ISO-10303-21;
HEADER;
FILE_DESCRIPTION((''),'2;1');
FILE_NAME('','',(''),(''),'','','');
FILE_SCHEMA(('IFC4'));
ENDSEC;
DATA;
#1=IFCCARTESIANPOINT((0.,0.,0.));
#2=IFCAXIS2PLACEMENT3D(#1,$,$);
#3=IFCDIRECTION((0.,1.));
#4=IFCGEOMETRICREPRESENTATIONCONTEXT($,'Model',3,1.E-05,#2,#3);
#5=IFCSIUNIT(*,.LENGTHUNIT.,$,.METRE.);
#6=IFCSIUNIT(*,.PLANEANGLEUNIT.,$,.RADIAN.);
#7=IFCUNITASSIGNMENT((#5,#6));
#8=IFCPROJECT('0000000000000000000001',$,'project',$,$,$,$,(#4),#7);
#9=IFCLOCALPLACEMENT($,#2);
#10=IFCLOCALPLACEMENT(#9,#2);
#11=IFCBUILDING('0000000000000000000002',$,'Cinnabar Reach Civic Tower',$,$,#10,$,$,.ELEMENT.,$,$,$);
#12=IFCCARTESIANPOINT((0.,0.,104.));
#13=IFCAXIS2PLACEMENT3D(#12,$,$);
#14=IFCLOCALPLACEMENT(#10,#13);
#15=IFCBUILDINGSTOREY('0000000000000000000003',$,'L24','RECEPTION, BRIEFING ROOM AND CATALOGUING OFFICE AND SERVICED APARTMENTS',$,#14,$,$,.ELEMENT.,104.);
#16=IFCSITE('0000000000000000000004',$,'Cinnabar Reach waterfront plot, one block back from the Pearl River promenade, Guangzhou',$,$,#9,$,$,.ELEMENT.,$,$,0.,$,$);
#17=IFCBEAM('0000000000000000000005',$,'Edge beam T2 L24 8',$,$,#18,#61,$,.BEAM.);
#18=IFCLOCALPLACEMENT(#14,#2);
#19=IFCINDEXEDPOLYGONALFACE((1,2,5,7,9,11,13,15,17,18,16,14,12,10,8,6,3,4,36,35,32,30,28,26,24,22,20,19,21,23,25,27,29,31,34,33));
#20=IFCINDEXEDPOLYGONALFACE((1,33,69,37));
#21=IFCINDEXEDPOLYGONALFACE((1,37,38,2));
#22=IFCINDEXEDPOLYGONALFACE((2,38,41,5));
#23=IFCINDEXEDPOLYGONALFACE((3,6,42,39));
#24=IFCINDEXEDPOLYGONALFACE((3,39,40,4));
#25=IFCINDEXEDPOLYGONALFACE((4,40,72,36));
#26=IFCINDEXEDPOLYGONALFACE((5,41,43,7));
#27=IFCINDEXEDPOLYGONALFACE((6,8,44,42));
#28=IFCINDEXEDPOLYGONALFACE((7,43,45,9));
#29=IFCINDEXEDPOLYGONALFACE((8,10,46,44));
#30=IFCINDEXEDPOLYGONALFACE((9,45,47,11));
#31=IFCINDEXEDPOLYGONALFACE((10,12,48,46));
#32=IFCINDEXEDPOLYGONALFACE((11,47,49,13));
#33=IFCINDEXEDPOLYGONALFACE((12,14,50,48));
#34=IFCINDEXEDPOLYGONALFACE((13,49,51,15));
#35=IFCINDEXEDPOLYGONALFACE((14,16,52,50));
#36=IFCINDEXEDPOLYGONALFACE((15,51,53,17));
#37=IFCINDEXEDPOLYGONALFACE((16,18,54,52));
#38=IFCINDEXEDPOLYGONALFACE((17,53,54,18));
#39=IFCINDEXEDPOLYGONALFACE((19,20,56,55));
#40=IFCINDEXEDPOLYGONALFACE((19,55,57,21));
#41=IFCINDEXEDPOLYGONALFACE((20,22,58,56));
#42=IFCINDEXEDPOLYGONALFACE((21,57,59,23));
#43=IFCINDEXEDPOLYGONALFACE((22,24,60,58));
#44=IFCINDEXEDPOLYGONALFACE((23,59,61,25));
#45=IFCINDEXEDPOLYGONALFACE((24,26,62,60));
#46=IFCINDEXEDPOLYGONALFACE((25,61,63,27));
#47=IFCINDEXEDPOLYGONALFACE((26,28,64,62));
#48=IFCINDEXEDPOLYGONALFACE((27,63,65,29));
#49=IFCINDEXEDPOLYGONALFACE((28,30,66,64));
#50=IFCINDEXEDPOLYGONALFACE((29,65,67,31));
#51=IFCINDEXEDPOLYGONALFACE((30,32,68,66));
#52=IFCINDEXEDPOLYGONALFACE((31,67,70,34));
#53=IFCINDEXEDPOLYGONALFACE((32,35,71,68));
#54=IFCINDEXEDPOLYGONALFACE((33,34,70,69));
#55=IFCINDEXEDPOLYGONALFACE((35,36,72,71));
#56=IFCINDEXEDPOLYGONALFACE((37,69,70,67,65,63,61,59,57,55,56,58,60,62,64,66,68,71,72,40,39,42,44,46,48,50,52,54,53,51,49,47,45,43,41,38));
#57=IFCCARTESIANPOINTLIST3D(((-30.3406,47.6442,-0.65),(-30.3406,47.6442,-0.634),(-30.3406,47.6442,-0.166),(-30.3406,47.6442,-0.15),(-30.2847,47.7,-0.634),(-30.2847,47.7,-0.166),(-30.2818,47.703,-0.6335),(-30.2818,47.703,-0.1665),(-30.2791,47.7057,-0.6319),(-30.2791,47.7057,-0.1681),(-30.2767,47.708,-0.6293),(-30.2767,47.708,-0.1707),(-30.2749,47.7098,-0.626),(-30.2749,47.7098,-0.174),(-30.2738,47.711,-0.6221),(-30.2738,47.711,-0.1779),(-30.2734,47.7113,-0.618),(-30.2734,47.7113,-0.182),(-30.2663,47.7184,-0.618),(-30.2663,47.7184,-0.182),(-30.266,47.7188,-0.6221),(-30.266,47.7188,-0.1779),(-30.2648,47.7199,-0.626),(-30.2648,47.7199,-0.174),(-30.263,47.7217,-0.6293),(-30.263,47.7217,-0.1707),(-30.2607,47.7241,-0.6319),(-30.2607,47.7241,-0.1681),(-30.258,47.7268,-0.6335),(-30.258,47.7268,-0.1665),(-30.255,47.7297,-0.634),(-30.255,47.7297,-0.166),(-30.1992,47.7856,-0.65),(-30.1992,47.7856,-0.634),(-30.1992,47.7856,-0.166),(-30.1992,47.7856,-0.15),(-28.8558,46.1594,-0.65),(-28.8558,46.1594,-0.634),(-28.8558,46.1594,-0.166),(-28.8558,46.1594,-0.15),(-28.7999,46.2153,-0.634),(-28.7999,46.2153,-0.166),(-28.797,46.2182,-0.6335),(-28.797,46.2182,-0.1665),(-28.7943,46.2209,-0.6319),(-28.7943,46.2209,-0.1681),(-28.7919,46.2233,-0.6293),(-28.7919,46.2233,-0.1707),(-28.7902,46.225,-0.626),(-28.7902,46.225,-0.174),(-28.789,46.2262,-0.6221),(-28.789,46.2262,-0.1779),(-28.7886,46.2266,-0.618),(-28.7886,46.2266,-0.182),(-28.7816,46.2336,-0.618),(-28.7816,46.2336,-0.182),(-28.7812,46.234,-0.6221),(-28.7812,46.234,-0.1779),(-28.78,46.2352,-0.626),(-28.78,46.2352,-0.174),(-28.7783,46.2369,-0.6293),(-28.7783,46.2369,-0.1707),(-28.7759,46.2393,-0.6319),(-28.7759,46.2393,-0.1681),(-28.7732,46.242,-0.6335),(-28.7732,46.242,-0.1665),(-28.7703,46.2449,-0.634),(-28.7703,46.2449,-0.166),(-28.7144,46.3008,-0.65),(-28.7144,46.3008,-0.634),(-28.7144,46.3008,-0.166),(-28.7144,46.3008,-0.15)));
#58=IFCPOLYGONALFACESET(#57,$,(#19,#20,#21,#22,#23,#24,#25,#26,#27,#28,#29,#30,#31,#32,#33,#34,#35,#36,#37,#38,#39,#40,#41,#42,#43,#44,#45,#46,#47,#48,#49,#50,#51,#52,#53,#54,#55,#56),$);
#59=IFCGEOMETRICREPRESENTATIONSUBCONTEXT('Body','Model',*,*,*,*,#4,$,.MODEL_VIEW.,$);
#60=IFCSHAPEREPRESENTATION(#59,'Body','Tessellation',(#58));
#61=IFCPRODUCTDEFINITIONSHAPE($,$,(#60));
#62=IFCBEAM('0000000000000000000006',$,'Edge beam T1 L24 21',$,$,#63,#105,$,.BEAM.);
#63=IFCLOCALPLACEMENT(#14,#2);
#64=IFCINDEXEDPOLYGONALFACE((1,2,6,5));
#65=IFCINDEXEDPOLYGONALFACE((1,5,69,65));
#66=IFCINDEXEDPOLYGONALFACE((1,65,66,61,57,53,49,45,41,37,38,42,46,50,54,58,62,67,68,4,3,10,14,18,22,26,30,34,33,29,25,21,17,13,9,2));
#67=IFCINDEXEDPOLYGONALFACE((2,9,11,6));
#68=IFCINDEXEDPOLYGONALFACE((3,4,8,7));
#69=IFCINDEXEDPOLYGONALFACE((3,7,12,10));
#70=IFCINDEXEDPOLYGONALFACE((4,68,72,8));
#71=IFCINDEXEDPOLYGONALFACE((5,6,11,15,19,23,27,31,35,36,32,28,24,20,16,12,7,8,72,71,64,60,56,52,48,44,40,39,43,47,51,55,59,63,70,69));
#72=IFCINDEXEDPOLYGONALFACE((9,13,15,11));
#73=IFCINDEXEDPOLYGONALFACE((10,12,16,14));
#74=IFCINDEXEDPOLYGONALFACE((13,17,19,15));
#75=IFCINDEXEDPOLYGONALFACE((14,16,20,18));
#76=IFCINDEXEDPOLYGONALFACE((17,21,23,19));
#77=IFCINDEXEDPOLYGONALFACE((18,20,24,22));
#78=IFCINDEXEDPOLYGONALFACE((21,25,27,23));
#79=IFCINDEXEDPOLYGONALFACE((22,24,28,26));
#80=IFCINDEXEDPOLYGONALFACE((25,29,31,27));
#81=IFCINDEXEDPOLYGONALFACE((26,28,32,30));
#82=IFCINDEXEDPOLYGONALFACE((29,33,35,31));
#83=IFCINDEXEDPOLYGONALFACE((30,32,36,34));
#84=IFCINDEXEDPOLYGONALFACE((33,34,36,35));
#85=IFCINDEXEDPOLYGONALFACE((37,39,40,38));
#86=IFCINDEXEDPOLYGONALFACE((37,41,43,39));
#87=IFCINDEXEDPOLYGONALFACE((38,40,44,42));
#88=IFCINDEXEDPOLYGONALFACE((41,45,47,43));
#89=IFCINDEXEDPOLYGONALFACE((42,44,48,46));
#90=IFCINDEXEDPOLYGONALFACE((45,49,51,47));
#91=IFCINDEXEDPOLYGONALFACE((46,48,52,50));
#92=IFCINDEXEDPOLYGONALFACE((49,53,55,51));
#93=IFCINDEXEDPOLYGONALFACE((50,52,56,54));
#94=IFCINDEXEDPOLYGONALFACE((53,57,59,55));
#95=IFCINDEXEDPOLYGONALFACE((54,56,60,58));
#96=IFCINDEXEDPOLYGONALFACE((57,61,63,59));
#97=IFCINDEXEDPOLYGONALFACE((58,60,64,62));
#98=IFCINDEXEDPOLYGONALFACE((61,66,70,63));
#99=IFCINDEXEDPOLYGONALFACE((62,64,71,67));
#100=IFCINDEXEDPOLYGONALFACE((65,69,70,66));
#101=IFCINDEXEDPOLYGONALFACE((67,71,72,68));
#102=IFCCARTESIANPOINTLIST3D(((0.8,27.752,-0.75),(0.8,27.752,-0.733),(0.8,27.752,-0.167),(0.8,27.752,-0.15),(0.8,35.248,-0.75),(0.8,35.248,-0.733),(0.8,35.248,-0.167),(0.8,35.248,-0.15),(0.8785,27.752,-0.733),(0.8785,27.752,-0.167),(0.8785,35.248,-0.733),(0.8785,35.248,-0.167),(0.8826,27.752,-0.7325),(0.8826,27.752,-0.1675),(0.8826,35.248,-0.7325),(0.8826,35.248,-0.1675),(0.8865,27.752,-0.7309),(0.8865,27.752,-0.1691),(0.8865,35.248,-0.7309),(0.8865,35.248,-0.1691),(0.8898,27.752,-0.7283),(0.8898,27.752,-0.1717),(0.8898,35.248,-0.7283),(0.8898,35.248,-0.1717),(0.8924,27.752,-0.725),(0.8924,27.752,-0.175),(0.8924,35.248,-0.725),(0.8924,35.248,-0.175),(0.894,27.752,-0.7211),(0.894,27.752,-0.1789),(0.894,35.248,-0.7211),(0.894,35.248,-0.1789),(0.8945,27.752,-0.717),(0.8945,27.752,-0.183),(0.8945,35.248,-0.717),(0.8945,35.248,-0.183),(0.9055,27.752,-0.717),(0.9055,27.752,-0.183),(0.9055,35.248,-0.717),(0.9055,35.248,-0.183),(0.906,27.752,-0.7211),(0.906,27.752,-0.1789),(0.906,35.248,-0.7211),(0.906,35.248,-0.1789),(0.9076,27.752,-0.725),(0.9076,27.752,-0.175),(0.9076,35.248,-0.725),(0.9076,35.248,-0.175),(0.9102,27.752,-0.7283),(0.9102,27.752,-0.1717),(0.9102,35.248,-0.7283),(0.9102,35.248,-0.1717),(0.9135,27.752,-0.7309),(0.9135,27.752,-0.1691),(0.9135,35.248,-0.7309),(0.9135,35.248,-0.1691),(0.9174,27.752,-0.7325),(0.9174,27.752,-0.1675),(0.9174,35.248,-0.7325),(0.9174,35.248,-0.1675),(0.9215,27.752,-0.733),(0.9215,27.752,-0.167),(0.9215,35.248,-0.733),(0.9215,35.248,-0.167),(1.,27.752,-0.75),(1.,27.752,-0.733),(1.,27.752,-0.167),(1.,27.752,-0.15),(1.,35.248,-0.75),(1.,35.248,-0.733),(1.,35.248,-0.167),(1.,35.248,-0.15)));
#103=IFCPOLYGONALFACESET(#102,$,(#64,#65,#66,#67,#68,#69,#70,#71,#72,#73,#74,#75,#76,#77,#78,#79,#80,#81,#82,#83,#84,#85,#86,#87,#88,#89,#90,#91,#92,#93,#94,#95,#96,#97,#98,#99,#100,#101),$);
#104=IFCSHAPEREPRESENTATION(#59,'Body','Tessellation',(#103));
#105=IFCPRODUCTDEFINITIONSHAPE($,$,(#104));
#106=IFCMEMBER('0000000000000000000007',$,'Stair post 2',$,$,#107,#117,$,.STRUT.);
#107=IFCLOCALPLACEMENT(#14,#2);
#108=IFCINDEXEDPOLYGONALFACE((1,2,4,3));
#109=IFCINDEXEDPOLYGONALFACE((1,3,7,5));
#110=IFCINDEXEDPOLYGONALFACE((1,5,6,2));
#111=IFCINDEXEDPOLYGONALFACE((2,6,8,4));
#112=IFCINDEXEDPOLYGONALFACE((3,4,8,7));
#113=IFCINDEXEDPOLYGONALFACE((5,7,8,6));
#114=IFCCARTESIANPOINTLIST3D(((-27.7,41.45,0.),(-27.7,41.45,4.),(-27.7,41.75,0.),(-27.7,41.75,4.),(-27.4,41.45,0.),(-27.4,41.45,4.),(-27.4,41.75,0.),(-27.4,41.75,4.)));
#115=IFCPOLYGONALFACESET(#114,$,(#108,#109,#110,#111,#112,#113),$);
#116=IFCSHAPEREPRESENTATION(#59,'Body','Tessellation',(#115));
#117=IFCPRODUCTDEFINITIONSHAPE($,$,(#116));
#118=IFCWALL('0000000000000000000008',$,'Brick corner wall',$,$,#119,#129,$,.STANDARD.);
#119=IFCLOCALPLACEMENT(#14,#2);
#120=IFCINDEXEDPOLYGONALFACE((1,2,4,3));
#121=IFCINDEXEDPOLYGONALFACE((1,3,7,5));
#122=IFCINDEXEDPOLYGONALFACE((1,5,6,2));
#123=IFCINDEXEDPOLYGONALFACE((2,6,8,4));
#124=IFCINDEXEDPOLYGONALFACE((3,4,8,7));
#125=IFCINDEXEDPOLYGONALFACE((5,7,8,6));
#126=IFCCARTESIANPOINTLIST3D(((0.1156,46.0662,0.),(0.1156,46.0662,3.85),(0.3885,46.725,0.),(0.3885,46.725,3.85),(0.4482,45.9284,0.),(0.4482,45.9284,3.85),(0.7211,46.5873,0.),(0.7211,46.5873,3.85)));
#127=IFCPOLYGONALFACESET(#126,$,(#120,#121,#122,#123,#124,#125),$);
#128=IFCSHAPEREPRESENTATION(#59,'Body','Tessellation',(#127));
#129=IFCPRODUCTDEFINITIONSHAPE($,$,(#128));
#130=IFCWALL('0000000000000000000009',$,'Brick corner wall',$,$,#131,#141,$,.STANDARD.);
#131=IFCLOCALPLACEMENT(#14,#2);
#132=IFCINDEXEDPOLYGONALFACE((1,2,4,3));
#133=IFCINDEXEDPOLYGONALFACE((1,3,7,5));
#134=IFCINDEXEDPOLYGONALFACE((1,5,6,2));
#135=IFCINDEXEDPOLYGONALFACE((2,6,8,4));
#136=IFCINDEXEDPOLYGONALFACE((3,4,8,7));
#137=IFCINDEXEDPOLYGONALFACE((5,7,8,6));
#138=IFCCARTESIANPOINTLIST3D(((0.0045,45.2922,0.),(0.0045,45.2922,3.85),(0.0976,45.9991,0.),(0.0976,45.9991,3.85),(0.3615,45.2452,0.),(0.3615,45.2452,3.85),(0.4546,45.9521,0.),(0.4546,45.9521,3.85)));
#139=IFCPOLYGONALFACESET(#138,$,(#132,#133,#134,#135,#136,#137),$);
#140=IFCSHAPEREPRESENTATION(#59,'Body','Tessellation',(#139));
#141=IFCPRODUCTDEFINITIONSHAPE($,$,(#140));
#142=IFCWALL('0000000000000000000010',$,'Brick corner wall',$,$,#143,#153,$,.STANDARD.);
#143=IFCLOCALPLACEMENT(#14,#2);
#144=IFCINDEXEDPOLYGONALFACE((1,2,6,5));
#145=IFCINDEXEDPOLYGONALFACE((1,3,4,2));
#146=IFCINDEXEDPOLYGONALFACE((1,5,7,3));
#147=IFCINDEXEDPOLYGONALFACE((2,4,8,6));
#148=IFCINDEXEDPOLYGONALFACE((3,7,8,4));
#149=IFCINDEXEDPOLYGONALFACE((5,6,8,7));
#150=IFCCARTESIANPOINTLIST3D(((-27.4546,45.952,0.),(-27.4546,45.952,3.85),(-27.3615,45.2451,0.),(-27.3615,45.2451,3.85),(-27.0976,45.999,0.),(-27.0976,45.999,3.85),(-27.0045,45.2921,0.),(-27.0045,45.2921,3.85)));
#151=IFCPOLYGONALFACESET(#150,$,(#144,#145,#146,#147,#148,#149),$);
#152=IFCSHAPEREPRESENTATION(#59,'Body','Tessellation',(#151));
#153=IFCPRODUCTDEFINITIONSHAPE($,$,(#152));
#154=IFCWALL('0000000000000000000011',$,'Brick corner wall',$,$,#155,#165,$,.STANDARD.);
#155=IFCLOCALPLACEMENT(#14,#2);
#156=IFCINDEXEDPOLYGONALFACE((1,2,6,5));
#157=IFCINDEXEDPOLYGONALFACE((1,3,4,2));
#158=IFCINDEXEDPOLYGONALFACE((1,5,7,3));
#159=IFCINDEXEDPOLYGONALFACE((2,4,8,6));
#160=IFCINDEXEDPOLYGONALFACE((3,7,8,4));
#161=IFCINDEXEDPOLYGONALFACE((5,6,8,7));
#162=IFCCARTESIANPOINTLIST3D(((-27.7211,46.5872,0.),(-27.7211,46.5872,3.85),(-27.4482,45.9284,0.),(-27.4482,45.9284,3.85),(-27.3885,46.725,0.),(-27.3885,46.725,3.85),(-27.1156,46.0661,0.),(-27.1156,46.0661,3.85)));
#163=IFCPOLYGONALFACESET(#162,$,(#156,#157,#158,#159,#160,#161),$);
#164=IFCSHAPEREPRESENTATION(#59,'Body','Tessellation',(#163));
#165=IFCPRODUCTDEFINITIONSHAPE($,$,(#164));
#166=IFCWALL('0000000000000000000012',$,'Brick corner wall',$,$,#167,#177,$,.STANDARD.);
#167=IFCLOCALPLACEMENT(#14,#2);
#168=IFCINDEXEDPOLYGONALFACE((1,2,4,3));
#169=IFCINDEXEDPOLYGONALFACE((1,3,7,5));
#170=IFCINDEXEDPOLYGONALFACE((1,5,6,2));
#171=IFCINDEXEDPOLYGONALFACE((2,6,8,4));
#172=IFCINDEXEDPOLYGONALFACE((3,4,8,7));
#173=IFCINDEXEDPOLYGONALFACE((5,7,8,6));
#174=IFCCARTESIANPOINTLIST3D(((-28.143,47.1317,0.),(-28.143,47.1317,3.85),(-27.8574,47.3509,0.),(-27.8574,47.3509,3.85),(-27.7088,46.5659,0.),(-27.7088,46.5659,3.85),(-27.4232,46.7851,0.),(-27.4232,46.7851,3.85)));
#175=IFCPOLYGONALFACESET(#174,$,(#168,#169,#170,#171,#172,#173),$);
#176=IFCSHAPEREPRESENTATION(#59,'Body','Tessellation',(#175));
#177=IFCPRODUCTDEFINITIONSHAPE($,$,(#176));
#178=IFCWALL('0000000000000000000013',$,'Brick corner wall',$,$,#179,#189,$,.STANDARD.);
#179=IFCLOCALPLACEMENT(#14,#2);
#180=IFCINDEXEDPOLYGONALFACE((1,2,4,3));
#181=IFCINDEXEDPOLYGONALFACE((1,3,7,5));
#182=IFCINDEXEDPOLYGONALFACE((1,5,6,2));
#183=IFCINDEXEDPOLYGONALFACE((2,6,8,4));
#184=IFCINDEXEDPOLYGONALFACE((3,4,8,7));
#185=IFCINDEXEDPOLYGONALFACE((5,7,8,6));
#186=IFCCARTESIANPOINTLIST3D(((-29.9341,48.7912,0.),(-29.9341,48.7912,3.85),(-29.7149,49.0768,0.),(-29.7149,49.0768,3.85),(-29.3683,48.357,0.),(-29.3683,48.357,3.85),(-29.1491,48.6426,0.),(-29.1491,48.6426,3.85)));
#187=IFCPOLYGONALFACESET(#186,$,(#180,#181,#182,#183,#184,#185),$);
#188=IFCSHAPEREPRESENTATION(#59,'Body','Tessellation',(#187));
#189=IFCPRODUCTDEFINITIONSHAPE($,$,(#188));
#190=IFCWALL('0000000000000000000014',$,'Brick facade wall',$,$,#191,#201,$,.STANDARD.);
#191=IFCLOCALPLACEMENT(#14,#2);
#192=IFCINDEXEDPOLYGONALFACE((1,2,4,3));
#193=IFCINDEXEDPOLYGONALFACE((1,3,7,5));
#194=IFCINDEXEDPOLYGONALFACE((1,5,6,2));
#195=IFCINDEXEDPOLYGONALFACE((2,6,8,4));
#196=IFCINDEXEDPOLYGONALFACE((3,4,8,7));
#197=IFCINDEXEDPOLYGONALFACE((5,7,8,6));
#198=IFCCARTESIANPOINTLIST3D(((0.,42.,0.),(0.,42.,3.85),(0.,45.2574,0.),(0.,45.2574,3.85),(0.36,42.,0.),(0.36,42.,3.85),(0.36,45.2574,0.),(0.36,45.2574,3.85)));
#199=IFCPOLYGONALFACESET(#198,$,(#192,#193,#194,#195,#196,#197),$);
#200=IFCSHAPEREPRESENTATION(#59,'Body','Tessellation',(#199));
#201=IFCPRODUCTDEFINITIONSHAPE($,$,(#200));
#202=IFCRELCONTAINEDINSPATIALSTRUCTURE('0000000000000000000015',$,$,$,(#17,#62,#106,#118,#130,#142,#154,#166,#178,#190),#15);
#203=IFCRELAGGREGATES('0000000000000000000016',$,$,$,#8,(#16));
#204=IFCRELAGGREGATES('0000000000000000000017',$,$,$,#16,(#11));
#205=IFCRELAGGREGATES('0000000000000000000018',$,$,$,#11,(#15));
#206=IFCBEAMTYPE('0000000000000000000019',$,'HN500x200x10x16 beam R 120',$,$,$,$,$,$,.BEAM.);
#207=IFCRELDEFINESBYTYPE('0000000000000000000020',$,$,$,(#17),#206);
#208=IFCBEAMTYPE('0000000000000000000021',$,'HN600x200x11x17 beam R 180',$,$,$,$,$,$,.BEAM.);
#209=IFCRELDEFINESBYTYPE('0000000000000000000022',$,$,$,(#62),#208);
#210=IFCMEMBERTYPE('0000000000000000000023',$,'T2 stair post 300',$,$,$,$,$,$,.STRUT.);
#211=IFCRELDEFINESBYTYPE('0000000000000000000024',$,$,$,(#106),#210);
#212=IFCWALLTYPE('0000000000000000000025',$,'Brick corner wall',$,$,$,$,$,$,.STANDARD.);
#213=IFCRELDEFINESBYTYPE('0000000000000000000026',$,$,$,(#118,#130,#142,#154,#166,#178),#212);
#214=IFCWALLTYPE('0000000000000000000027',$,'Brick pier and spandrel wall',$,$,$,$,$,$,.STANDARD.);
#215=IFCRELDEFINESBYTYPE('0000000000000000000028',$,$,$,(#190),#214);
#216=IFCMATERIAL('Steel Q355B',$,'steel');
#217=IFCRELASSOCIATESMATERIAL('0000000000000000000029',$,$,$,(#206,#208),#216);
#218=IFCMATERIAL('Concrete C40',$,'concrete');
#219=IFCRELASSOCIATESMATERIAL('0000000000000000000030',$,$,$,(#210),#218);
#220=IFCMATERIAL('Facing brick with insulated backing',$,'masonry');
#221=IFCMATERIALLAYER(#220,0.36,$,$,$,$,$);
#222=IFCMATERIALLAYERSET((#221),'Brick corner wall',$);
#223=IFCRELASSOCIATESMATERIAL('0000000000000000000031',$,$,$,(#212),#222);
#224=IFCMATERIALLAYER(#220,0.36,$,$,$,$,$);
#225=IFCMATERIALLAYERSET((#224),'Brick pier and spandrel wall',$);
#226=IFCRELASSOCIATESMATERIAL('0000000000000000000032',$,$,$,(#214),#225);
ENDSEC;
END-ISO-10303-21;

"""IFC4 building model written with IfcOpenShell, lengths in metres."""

from ifc_helpers import new_model, si_unit, direction, frame, frame_2d, origin, origin_2d, place, context, subcontext, project, spatial, rectangle, i_section, extrude, material, layer, layer_set, material_profile, profile_set, type_object, element, save


model = new_model("IFC4")

# Units and contexts
model_context = context("Model", 3, precision=1e-05, world=origin(), true_north=direction((0.0, 1.0)))
body_context = subcontext(model_context, "Body", "Model", "MODEL_VIEW")
ifc_project = project(units=[si_unit("LENGTHUNIT", "METRE"), si_unit("PLANEANGLEUNIT", "RADIAN")], contexts=[model_context])

# Site, building, storey
site_placement = place(None, origin())
site = spatial("IfcSite", under=ifc_project, at=site_placement, Name="Cinnabar Reach waterfront plot, one block back from the Pearl River promenade, Guangzhou", CompositionType="ELEMENT", RefElevation=0.0)
building_placement = place(site_placement, origin())
building = spatial("IfcBuilding", under=site, at=building_placement, Name="Cinnabar Reach Civic Tower", CompositionType="ELEMENT")
storey_placement = place(building_placement, frame((0.0, 0.0, 104.0)))
storey = spatial("IfcBuildingStorey", under=building, at=storey_placement, Name="L24", Description="RECEPTION, BRIEFING ROOM AND CATALOGUING OFFICE AND SERVICED APARTMENTS", CompositionType="ELEMENT", Elevation=104.0)

# Beams
ifc_material_1 = material(Name="Steel Q355B", Category="steel")
ifc_material_profile_1 = material_profile(ifc_material_1, i_section(OverallWidth=0.2, OverallDepth=0.5, WebThickness=0.01, FlangeThickness=0.016, FilletRadius=0.016, at=origin_2d()), Name="HN500x200x10x16")
ifc_profile_set_1 = profile_set([ifc_material_profile_1], Name="Steel Q355B")
beam_type_1 = type_object("IfcBeamType", Name="HN500x200x10x16 beam R 120", PredefinedType="BEAM", material=ifc_profile_set_1)
beam_1_placement = place(storey_placement, frame((-28.7851, 46.2301, -0.4), z_axis=(-0.707107, 0.707107, 0.0), x_axis=(-0.707107, -0.707107, 0.0)))
element("IfcBeam", 1, at=beam_1_placement, inside=storey, type_object=beam_type_1, Name="Edge beam T2 L24 8", PredefinedType="BEAM", context=body_context, shape_type="SweptSolid", body=[
    extrude(i_section(OverallWidth=0.2, OverallDepth=0.5, WebThickness=0.01, FlangeThickness=0.016, FilletRadius=0.016, at=origin_2d()), origin(), (0.0, 0.0, 1.0), 2.0998),
])
ifc_material_profile_2 = material_profile(ifc_material_1, i_section(OverallWidth=0.2, OverallDepth=0.6, WebThickness=0.011, FlangeThickness=0.017, FilletRadius=0.016, at=origin_2d()), Name="HN600x200x11x17")
ifc_profile_set_2 = profile_set([ifc_material_profile_2], Name="Steel Q355B")
beam_type_2 = type_object("IfcBeamType", Name="HN600x200x11x17 beam R 180", PredefinedType="BEAM", material=ifc_profile_set_2)
beam_2_placement = place(storey_placement, frame((0.9, 35.248, -0.45), z_axis=(0.0, -1.0, 0.0), x_axis=(1.0, 0.0, 0.0)))
element("IfcBeam", 2, at=beam_2_placement, inside=storey, type_object=beam_type_2, Name="Edge beam T1 L24 21", PredefinedType="BEAM", context=body_context, shape_type="SweptSolid", body=[
    extrude(i_section(OverallWidth=0.2, OverallDepth=0.6, WebThickness=0.011, FlangeThickness=0.017, FilletRadius=0.016, at=origin_2d()), origin(), (0.0, 0.0, 1.0), 7.496),
])

# Member
ifc_material_2 = material(Name="Concrete C40", Category="concrete")
ifc_material_profile_3 = material_profile(ifc_material_2, rectangle(XDim=0.3, YDim=0.3, at=origin_2d()), Name="C300")
ifc_profile_set_3 = profile_set([ifc_material_profile_3], Name="Concrete C40")
member_type = type_object("IfcMemberType", Name="T2 stair post 300", PredefinedType="STRUT", material=ifc_profile_set_3)
member_placement = place(storey_placement, frame((-27.55, 41.6, 0.0), z_axis=(0.0, 0.0, 1.0), x_axis=(1.0, 0.0, 0.0)))
element("IfcMember", 3, at=member_placement, inside=storey, type_object=member_type, Name="Stair post 2", PredefinedType="STRUT", context=body_context, shape_type="SweptSolid", body=[
    extrude(rectangle(XDim=0.3, YDim=0.3, at=origin_2d()), origin(), (0.0, 0.0, 1.0), 4.0),
])

# Walls
ifc_material_3 = material(Name="Facing brick with insulated backing", Category="masonry")
ifc_layer_1 = layer(ifc_material_3, 0.36)
ifc_layer_set_1 = layer_set([ifc_layer_1], Name="Brick corner wall")
wall_type_1 = type_object("IfcWallType", Name="Brick corner wall", PredefinedType="STANDARD", material=ifc_layer_set_1)
for number, where, z_axis, x_axis, name in (
    (4, (0.5548, 46.6561, 0.0), (0.0, 0.0, 1.0), (-0.382703, -0.923872, 0.0), "Brick corner wall"),
    (5, (0.2761, 45.9756, 0.0), (0.0, 0.0, 1.0), (-0.130556, -0.991441, 0.0), "Brick corner wall"),
    (6, (-27.183, 45.2686, 0.0), (0.0, 0.0, 1.0), (-0.130556, 0.991441, 0.0), "Brick corner wall"),
    (7, (-27.2819, 45.9973, 0.0), (0.0, 0.0, 1.0), (-0.382703, 0.923872, 0.0), "Brick corner wall"),
):
    element("IfcWall", number, at=place(storey_placement, frame(where, z_axis=z_axis, x_axis=x_axis)), inside=storey, type_object=wall_type_1, Name=name, PredefinedType="STANDARD", context=body_context, shape_type="SweptSolid", body=[
        extrude(rectangle(XDim=0.7131, YDim=0.36, at=frame_2d((0.3565, 0.0))), origin(), (0.0, 0.0, 1.0), 3.85),
    ])
for number, where, z_axis, x_axis, name in (
    (8, (-27.566, 46.6755, 0.0), (0.0, 0.0, 1.0), (-0.608802, 0.793322, 0.0), "Brick corner wall"),
    (9, (-29.2587, 48.4998, 0.0), (0.0, 0.0, 1.0), (-0.793322, 0.608802, 0.0), "Brick corner wall"),
):
    element("IfcWall", number, at=place(storey_placement, frame(where, z_axis=z_axis, x_axis=x_axis)), inside=storey, type_object=wall_type_1, Name=name, PredefinedType="STANDARD", context=body_context, shape_type="SweptSolid", body=[
        extrude(rectangle(XDim=0.7132, YDim=0.36, at=frame_2d((0.3566, 0.0))), origin(), (0.0, 0.0, 1.0), 3.85),
    ])
ifc_layer_2 = layer(ifc_material_3, 0.36)
ifc_layer_set_2 = layer_set([ifc_layer_2], Name="Brick pier and spandrel wall")
wall_type_2 = type_object("IfcWallType", Name="Brick pier and spandrel wall", PredefinedType="STANDARD", material=ifc_layer_set_2)
wall_1_placement = place(storey_placement, frame((0.18, 45.2574, 0.0), z_axis=(0.0, 0.0, 1.0), x_axis=(0.0, -1.0, 0.0)))
element("IfcWall", 10, at=wall_1_placement, inside=storey, type_object=wall_type_2, Name="Brick facade wall", PredefinedType="STANDARD", context=body_context, shape_type="SweptSolid", body=[
    extrude(rectangle(XDim=3.2574, YDim=0.36, at=frame_2d((1.6287, 0.0))), origin(), (0.0, 0.0, 1.0), 3.85),
])

save(model, "model.ifc")
